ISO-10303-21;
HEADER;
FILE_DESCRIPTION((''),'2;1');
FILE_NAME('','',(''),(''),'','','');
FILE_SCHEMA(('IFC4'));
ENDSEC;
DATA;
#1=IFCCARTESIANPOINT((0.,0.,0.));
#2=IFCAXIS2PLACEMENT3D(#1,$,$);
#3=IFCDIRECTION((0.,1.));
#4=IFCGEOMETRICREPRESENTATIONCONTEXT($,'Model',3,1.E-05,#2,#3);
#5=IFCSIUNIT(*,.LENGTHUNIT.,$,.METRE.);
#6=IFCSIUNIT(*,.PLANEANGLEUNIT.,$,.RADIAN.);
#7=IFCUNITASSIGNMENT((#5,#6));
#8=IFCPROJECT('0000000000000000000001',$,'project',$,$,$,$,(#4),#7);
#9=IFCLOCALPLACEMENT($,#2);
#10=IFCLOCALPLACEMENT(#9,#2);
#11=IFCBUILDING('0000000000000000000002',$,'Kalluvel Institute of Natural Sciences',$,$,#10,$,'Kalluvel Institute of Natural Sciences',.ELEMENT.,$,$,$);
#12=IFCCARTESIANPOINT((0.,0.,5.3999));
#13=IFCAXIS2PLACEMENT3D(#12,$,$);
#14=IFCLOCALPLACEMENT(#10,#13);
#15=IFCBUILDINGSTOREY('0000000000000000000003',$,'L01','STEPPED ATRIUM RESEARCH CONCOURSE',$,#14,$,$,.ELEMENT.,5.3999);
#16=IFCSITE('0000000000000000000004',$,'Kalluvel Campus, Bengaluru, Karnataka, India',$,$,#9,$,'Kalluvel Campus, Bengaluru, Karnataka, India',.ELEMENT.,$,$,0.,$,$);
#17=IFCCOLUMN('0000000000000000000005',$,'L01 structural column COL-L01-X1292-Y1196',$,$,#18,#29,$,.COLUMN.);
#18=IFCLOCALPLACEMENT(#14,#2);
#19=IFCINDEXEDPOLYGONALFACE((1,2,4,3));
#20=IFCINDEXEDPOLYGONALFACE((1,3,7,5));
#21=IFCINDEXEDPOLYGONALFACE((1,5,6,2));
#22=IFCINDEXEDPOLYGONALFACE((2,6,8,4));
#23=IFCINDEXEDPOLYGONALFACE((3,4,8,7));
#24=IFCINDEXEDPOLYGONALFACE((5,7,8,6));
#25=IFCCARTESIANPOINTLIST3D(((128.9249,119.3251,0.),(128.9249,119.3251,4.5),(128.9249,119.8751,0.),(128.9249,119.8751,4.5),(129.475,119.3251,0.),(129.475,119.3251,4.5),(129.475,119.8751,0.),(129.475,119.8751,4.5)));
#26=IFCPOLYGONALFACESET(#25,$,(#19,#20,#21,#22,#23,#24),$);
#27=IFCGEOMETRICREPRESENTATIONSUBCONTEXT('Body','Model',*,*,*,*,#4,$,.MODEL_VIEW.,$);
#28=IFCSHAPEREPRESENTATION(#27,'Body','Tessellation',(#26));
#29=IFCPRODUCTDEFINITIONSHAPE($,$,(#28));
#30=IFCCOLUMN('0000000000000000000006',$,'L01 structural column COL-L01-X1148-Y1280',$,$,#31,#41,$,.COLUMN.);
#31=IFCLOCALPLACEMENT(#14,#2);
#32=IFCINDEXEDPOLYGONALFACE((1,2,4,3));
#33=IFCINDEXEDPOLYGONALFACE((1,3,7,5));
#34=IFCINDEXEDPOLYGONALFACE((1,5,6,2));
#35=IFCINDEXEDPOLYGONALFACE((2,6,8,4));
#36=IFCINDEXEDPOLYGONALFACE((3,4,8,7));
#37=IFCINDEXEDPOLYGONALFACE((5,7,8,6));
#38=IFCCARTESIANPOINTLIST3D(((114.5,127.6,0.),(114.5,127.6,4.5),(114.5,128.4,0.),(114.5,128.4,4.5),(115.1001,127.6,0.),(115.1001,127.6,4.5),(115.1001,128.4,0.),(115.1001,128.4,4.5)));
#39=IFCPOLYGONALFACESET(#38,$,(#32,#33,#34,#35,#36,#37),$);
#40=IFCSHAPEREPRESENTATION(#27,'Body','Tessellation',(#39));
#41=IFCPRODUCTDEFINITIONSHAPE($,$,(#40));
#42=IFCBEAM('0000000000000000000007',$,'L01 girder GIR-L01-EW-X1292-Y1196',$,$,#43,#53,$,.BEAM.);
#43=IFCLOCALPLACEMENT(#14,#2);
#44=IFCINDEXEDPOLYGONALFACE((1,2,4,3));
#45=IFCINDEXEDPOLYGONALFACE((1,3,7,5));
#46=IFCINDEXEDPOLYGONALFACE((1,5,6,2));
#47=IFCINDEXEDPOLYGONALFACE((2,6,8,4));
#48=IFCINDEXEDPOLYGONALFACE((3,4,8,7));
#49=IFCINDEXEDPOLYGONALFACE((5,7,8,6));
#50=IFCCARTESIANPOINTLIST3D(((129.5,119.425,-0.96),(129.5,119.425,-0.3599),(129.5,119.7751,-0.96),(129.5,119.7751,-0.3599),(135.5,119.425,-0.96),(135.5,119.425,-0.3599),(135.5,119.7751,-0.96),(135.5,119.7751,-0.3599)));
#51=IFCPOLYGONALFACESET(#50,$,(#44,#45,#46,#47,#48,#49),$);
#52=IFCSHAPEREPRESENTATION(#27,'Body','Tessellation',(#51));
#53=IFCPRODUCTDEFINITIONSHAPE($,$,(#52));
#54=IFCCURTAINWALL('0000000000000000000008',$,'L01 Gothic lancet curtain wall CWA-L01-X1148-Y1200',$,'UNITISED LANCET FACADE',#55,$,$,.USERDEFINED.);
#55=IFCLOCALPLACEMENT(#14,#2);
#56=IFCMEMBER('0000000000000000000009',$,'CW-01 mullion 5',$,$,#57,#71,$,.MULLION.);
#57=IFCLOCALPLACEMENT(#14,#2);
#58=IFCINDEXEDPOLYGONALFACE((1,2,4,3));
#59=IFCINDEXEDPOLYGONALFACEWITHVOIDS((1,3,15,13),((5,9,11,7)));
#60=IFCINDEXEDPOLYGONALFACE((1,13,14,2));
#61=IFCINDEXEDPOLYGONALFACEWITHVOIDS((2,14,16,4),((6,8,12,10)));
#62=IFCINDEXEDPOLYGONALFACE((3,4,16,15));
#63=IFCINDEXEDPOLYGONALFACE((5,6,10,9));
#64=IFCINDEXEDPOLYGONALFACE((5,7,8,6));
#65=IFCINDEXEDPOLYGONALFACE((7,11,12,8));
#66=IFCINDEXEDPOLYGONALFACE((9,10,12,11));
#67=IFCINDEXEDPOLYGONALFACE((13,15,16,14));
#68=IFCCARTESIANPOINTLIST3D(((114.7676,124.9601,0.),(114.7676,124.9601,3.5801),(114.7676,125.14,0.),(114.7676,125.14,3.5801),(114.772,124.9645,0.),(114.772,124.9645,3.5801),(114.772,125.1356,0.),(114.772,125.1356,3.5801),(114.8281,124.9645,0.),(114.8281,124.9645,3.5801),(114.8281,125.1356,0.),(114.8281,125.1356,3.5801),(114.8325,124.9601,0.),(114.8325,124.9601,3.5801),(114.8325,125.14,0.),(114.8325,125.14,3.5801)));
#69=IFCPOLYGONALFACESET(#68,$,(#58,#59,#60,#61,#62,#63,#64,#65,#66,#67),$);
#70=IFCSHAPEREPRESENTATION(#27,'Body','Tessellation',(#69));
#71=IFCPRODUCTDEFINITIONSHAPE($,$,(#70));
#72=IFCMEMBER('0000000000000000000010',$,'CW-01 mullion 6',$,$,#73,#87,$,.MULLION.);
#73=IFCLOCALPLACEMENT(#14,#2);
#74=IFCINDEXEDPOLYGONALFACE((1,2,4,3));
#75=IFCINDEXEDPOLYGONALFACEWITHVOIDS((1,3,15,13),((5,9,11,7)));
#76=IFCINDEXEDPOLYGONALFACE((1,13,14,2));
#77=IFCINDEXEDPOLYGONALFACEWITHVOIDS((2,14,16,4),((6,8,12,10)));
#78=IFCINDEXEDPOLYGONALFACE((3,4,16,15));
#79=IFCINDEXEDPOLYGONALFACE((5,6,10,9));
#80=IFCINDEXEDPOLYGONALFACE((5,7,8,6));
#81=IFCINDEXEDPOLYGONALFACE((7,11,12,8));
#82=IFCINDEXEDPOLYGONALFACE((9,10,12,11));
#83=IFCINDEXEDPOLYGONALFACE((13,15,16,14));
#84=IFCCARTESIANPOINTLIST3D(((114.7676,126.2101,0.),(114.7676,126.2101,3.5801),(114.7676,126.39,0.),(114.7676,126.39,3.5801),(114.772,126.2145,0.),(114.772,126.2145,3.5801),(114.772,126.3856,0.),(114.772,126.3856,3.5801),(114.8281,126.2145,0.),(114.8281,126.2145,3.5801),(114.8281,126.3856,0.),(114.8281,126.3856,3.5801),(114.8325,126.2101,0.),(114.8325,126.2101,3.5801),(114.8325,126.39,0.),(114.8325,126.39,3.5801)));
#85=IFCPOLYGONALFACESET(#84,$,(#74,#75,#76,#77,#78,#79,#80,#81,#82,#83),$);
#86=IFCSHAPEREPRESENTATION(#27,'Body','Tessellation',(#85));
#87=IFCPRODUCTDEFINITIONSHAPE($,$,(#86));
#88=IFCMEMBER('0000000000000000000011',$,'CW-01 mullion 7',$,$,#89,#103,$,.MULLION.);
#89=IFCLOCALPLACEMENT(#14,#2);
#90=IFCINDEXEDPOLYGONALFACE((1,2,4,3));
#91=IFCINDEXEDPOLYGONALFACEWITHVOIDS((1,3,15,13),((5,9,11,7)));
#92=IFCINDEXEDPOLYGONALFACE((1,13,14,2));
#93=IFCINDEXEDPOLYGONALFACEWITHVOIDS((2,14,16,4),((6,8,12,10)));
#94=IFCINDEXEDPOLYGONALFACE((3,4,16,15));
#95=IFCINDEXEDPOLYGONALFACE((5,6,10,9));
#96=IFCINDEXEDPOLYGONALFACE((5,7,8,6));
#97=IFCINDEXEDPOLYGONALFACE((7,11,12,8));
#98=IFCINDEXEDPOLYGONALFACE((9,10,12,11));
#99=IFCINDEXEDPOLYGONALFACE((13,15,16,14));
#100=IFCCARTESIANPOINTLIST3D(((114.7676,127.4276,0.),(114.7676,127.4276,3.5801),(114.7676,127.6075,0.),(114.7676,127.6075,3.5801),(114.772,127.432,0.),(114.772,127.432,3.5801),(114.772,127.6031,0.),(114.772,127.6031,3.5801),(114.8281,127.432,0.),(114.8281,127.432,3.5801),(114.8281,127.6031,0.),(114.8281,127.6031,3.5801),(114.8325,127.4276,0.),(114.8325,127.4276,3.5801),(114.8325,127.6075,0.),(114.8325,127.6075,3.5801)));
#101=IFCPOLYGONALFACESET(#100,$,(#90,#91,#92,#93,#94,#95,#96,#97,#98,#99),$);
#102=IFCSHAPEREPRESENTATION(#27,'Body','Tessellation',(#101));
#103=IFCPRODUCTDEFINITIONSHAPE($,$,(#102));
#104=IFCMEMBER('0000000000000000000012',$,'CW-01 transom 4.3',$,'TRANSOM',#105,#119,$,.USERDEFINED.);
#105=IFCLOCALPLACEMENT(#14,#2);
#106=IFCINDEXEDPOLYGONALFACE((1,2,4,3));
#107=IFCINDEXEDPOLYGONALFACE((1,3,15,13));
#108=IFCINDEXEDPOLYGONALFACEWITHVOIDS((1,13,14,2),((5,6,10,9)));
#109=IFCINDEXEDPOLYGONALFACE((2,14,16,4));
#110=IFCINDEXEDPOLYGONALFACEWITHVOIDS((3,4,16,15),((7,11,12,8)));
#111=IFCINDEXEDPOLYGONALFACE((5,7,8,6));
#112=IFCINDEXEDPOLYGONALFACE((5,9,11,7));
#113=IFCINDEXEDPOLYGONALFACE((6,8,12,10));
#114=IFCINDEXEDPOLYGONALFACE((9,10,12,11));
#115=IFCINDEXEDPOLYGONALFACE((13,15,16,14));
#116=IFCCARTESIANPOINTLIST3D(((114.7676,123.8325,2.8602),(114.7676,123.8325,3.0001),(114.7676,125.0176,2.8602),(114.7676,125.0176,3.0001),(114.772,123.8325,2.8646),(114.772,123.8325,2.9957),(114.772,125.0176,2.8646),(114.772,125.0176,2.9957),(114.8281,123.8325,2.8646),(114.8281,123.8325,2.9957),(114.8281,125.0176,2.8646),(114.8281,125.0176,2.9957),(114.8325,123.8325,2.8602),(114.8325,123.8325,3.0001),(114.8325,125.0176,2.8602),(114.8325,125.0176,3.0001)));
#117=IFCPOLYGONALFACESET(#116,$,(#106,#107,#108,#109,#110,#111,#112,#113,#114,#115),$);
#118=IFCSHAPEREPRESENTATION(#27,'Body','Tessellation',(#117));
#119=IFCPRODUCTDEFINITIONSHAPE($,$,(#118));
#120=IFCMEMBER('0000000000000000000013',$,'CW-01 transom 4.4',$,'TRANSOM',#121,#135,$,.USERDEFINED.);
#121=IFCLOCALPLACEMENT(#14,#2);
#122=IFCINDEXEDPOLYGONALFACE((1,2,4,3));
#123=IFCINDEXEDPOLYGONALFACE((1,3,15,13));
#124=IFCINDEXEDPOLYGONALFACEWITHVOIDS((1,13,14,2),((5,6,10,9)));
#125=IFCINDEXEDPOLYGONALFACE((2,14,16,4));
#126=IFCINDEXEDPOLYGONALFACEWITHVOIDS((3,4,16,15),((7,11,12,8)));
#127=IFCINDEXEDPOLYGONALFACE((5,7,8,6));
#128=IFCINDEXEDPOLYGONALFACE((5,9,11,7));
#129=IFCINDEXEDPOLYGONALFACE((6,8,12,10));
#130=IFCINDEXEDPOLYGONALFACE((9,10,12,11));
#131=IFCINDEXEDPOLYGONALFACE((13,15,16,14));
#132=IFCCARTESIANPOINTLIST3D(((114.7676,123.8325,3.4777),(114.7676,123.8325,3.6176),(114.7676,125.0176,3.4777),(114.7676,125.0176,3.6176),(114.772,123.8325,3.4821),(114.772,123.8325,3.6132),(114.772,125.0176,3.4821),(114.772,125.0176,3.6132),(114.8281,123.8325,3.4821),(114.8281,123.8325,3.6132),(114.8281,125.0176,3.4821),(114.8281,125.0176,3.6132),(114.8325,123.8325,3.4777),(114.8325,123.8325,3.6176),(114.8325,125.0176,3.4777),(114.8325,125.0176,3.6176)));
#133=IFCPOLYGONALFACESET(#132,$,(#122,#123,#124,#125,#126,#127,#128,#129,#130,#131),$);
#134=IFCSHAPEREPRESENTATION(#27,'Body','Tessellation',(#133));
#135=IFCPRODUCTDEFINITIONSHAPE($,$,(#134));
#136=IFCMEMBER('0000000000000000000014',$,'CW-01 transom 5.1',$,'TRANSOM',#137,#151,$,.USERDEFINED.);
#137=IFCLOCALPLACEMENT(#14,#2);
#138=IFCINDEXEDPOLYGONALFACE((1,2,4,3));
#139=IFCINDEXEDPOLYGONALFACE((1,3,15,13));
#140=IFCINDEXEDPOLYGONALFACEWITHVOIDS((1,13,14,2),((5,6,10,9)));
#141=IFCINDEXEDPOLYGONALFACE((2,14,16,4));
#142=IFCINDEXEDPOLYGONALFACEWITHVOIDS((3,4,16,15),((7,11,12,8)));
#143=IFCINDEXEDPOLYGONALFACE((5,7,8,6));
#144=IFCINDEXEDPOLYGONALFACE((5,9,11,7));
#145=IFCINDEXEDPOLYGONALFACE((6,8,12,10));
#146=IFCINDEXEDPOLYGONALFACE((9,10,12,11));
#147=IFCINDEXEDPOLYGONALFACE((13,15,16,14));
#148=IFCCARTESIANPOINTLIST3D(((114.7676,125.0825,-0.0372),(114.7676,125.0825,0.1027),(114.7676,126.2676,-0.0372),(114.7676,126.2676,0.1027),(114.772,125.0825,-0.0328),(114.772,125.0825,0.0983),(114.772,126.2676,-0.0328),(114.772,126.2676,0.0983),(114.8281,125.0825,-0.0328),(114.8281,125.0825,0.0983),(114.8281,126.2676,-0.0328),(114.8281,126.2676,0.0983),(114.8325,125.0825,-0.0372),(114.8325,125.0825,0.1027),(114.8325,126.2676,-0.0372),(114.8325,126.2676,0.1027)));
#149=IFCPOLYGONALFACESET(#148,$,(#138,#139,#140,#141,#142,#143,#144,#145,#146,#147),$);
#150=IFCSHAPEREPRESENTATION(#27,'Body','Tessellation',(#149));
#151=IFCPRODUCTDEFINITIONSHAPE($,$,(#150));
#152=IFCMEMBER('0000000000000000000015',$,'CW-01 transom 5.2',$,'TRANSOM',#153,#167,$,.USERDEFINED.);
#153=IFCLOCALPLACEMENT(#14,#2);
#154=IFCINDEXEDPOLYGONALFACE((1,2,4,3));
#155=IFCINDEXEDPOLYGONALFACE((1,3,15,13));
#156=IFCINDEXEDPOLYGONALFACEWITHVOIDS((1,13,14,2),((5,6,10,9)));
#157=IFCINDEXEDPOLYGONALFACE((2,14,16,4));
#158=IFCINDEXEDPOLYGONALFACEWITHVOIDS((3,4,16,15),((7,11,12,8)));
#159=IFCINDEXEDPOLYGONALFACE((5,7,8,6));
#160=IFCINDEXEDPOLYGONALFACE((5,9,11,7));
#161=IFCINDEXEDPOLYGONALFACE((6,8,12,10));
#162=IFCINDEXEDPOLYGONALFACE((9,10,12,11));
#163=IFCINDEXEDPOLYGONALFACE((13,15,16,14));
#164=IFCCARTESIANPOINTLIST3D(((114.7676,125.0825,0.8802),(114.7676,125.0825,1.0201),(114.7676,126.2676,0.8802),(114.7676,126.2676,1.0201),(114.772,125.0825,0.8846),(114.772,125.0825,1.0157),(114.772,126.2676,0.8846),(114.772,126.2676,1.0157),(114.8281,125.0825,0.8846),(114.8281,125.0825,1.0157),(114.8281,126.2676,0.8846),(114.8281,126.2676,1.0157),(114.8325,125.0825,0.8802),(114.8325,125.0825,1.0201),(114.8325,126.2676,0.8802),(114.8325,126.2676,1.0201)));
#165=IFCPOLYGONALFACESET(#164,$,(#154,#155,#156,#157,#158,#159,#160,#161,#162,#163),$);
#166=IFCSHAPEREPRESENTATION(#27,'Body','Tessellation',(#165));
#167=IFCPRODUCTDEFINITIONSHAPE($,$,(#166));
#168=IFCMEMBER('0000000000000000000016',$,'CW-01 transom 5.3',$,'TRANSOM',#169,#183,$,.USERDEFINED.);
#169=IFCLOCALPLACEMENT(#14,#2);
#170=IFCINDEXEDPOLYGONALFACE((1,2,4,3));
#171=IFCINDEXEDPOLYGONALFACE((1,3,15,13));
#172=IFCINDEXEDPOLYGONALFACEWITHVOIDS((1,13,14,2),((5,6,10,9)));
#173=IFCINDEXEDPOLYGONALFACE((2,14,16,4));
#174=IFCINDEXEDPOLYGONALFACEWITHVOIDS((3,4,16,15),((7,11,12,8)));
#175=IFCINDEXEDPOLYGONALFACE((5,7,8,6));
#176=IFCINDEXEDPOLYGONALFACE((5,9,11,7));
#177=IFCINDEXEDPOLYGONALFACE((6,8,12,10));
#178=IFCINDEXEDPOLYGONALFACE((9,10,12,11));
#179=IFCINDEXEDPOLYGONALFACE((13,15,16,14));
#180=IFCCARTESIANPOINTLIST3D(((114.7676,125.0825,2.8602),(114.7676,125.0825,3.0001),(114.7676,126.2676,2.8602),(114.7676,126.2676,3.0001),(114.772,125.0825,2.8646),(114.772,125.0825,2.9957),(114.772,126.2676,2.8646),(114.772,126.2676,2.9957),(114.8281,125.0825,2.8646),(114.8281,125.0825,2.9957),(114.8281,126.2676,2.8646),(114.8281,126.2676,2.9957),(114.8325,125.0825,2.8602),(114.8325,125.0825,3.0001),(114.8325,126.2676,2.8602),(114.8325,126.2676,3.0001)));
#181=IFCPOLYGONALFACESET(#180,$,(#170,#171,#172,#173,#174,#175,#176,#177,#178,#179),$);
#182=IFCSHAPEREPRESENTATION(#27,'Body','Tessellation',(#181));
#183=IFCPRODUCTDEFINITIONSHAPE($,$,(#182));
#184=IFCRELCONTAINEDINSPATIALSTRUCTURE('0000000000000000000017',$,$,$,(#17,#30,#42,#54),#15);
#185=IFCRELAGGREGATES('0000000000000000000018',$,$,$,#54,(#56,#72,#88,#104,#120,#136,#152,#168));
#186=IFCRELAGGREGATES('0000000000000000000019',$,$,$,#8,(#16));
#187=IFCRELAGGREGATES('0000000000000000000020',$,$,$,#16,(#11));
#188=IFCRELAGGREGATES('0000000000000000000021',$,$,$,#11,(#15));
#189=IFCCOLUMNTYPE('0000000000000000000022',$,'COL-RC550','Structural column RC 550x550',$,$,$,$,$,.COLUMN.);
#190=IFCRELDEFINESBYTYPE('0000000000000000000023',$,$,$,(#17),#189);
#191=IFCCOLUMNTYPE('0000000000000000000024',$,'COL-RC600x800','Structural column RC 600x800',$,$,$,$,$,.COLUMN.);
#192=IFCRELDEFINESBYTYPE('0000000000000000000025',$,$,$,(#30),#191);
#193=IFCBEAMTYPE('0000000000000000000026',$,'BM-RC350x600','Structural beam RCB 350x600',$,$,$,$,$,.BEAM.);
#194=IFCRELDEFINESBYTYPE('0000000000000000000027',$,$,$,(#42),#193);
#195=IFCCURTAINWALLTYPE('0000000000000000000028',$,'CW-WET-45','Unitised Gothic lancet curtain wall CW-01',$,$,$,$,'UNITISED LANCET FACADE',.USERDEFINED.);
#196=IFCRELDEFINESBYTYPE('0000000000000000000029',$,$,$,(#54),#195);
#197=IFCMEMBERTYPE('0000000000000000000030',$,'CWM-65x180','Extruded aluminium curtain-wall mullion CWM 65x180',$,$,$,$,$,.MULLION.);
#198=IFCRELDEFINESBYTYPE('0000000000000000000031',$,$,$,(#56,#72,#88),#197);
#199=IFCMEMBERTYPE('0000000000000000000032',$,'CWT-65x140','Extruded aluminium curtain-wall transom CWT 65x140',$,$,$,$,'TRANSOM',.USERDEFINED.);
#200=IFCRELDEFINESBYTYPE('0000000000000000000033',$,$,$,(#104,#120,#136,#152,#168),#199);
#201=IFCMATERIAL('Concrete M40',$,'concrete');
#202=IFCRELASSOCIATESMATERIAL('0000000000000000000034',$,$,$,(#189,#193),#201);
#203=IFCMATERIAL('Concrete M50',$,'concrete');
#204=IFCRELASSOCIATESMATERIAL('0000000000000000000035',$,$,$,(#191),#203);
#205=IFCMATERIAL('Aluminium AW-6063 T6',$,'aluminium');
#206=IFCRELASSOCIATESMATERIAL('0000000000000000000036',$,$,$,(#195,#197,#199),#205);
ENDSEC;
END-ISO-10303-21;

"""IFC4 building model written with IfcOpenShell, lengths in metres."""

from ifc_helpers import new_model, si_unit, direction, frame, origin, origin_2d, place, context, subcontext, project, spatial, rectangle, hollow_rectangle, extrude, material, material_profile, profile_set, type_object, element, aggregate, save


model = new_model("IFC4")

# Units and contexts
model_context = context("Model", 3, precision=1e-05, world=origin(), true_north=direction((0.0, 1.0)))
body_context = subcontext(model_context, "Body", "Model", "MODEL_VIEW")
ifc_project = project(units=[si_unit("LENGTHUNIT", "METRE"), si_unit("PLANEANGLEUNIT", "RADIAN")], contexts=[model_context])

# Site, building, storey
site_placement = place(None, origin())
site = spatial("IfcSite", under=ifc_project, at=site_placement, Name="Kalluvel Campus, Bengaluru, Karnataka, India", LongName="Kalluvel Campus, Bengaluru, Karnataka, India", CompositionType="ELEMENT", RefElevation=0.0)
building_placement = place(site_placement, origin())
building = spatial("IfcBuilding", under=site, at=building_placement, Name="Kalluvel Institute of Natural Sciences", LongName="Kalluvel Institute of Natural Sciences", CompositionType="ELEMENT")
storey_placement = place(building_placement, frame((0.0, 0.0, 5.3999)))
storey = spatial("IfcBuildingStorey", under=building, at=storey_placement, Name="L01", Description="STEPPED ATRIUM RESEARCH CONCOURSE", CompositionType="ELEMENT", Elevation=5.3999)

# Columns
ifc_material_1 = material(Name="Concrete M40", Category="concrete")
ifc_material_profile_1 = material_profile(ifc_material_1, rectangle(XDim=0.55, YDim=0.55, at=origin_2d()), Name="RC 550x550")
ifc_profile_set_1 = profile_set([ifc_material_profile_1], Name="Concrete M40")
column_type_1 = type_object("IfcColumnType", Name="COL-RC550", Description="Structural column RC 550x550", PredefinedType="COLUMN", material=ifc_profile_set_1)
column_1_placement = place(storey_placement, frame((129.2, 119.6001, 0.0), z_axis=(0.0, 0.0, 1.0), x_axis=(1.0, 0.0, 0.0)))
element("IfcColumn", 1, at=column_1_placement, inside=storey, type_object=column_type_1, Name="L01 structural column COL-L01-X1292-Y1196", PredefinedType="COLUMN", context=body_context, shape_type="SweptSolid", body=[
    extrude(rectangle(XDim=0.55, YDim=0.55, at=origin_2d()), origin(), (0.0, 0.0, 1.0), 4.5),
])
ifc_material_2 = material(Name="Concrete M50", Category="concrete")
ifc_material_profile_2 = material_profile(ifc_material_2, rectangle(XDim=0.6001, YDim=0.8, at=origin_2d()), Name="RC 600x800")
ifc_profile_set_2 = profile_set([ifc_material_profile_2], Name="Concrete M50")
column_type_2 = type_object("IfcColumnType", Name="COL-RC600x800", Description="Structural column RC 600x800", PredefinedType="COLUMN", material=ifc_profile_set_2)
column_2_placement = place(storey_placement, frame((114.8, 128.0, 0.0), z_axis=(0.0, 0.0, 1.0), x_axis=(1.0, 0.0, 0.0)))
element("IfcColumn", 2, at=column_2_placement, inside=storey, type_object=column_type_2, Name="L01 structural column COL-L01-X1148-Y1280", PredefinedType="COLUMN", context=body_context, shape_type="SweptSolid", body=[
    extrude(rectangle(XDim=0.6001, YDim=0.8, at=origin_2d()), origin(), (0.0, 0.0, 1.0), 4.5),
])

# Beam
ifc_material_profile_3 = material_profile(ifc_material_1, rectangle(XDim=0.3501, YDim=0.6001, at=origin_2d()), Name="RCB 350x600")
ifc_profile_set_3 = profile_set([ifc_material_profile_3], Name="Concrete M40")
beam_type = type_object("IfcBeamType", Name="BM-RC350x600", Description="Structural beam RCB 350x600", PredefinedType="BEAM", material=ifc_profile_set_3)
beam_placement = place(storey_placement, frame((129.5, 119.6001, -0.6599), z_axis=(1.0, 0.0, 0.0), x_axis=(0.0, 1.0, 0.0)))
element("IfcBeam", 3, at=beam_placement, inside=storey, type_object=beam_type, Name="L01 girder GIR-L01-EW-X1292-Y1196", PredefinedType="BEAM", context=body_context, shape_type="SweptSolid", body=[
    extrude(rectangle(XDim=0.3501, YDim=0.6001, at=origin_2d()), origin(), (0.0, 0.0, 1.0), 6.0),
])

# Curtain wall, members
ifc_material_3 = material(Name="Aluminium AW-6063 T6", Category="aluminium")
curtain_wall_type = type_object("IfcCurtainWallType", Name="CW-WET-45", Description="Unitised Gothic lancet curtain wall CW-01", ElementType="UNITISED LANCET FACADE", PredefinedType="USERDEFINED", material=ifc_material_3)
curtain_wall_placement = place(storey_placement, origin())
curtain_wall = element("IfcCurtainWall", 4, at=curtain_wall_placement, inside=storey, type_object=curtain_wall_type, Name="L01 Gothic lancet curtain wall CWA-L01-X1148-Y1200", ObjectType="UNITISED LANCET FACADE", PredefinedType="USERDEFINED")
ifc_material_profile_4 = material_profile(ifc_material_3, hollow_rectangle(XDim=0.0649, YDim=0.1799, WallThickness=0.0044, at=origin_2d()), Name="CWM 65x180")
ifc_profile_set_4 = profile_set([ifc_material_profile_4], Name="Aluminium AW-6063 T6")
member_type_1 = type_object("IfcMemberType", Name="CWM-65x180", Description="Extruded aluminium curtain-wall mullion CWM 65x180", PredefinedType="MULLION", material=ifc_profile_set_4)
member_1_placement = place(storey_placement, frame((114.8, 125.05, 0.0), z_axis=(0.0, 0.0, 1.0), x_axis=(-1.0, 0.0, 0.0)))
member_1 = element("IfcMember", 5, at=member_1_placement, type_object=member_type_1, Name="CW-01 mullion 5", PredefinedType="MULLION", context=body_context, shape_type="SweptSolid", body=[
    extrude(hollow_rectangle(XDim=0.0649, YDim=0.1799, WallThickness=0.0044, at=origin_2d()), origin(), (0.0, 0.0, 1.0), 3.5801),
])
member_2_placement = place(storey_placement, frame((114.8, 126.3, 0.0), z_axis=(0.0, 0.0, 1.0), x_axis=(-1.0, 0.0, 0.0)))
member_2 = element("IfcMember", 6, at=member_2_placement, type_object=member_type_1, Name="CW-01 mullion 6", PredefinedType="MULLION", context=body_context, shape_type="SweptSolid", body=[
    extrude(hollow_rectangle(XDim=0.0649, YDim=0.1799, WallThickness=0.0044, at=origin_2d()), origin(), (0.0, 0.0, 1.0), 3.5801),
])
member_3_placement = place(storey_placement, frame((114.8, 127.5176, 0.0), z_axis=(0.0, 0.0, 1.0), x_axis=(-1.0, 0.0, 0.0)))
member_3 = element("IfcMember", 7, at=member_3_placement, type_object=member_type_1, Name="CW-01 mullion 7", PredefinedType="MULLION", context=body_context, shape_type="SweptSolid", body=[
    extrude(hollow_rectangle(XDim=0.0649, YDim=0.1799, WallThickness=0.0044, at=origin_2d()), origin(), (0.0, 0.0, 1.0), 3.5801),
])
ifc_material_profile_5 = material_profile(ifc_material_3, hollow_rectangle(XDim=0.0649, YDim=0.1399, WallThickness=0.0044, at=origin_2d()), Name="CWT 65x140")
ifc_profile_set_5 = profile_set([ifc_material_profile_5], Name="Aluminium AW-6063 T6")
member_type_2 = type_object("IfcMemberType", Name="CWT-65x140", Description="Extruded aluminium curtain-wall transom CWT 65x140", ElementType="TRANSOM", PredefinedType="USERDEFINED", material=ifc_profile_set_5)
member_4_placement = place(storey_placement, frame((114.8, 123.8325, 2.9302), z_axis=(0.0, 1.0, 0.0), x_axis=(-1.0, 0.0, 0.0)))
member_4 = element("IfcMember", 8, at=member_4_placement, type_object=member_type_2, Name="CW-01 transom 4.3", ObjectType="TRANSOM", PredefinedType="USERDEFINED", context=body_context, shape_type="SweptSolid", body=[
    extrude(hollow_rectangle(XDim=0.0649, YDim=0.1399, WallThickness=0.0044, at=origin_2d()), origin(), (0.0, 0.0, 1.0), 1.1851),
])
member_5_placement = place(storey_placement, frame((114.8, 123.8325, 3.5476), z_axis=(0.0, 1.0, 0.0), x_axis=(-1.0, 0.0, 0.0)))
member_5 = element("IfcMember", 9, at=member_5_placement, type_object=member_type_2, Name="CW-01 transom 4.4", ObjectType="TRANSOM", PredefinedType="USERDEFINED", context=body_context, shape_type="SweptSolid", body=[
    extrude(hollow_rectangle(XDim=0.0649, YDim=0.1399, WallThickness=0.0044, at=origin_2d()), origin(), (0.0, 0.0, 1.0), 1.1851),
])
member_6_placement = place(storey_placement, frame((114.8, 125.0825, 0.0327), z_axis=(0.0, 1.0, 0.0), x_axis=(-1.0, 0.0, 0.0)))
member_6 = element("IfcMember", 10, at=member_6_placement, type_object=member_type_2, Name="CW-01 transom 5.1", ObjectType="TRANSOM", PredefinedType="USERDEFINED", context=body_context, shape_type="SweptSolid", body=[
    extrude(hollow_rectangle(XDim=0.0649, YDim=0.1399, WallThickness=0.0044, at=origin_2d()), origin(), (0.0, 0.0, 1.0), 1.1851),
])
member_7_placement = place(storey_placement, frame((114.8, 125.0825, 0.9502), z_axis=(0.0, 1.0, 0.0), x_axis=(-1.0, 0.0, 0.0)))
member_7 = element("IfcMember", 11, at=member_7_placement, type_object=member_type_2, Name="CW-01 transom 5.2", ObjectType="TRANSOM", PredefinedType="USERDEFINED", context=body_context, shape_type="SweptSolid", body=[
    extrude(hollow_rectangle(XDim=0.0649, YDim=0.1399, WallThickness=0.0044, at=origin_2d()), origin(), (0.0, 0.0, 1.0), 1.1851),
])
member_8_placement = place(storey_placement, frame((114.8, 125.0825, 2.9302), z_axis=(0.0, 1.0, 0.0), x_axis=(-1.0, 0.0, 0.0)))
member_8 = element("IfcMember", 12, at=member_8_placement, type_object=member_type_2, Name="CW-01 transom 5.3", ObjectType="TRANSOM", PredefinedType="USERDEFINED", context=body_context, shape_type="SweptSolid", body=[
    extrude(hollow_rectangle(XDim=0.0649, YDim=0.1399, WallThickness=0.0044, at=origin_2d()), origin(), (0.0, 0.0, 1.0), 1.1851),
])
aggregate(curtain_wall, [member_1, member_2, member_3, member_4, member_5, member_6, member_7, member_8])

save(model, "model.ifc")
